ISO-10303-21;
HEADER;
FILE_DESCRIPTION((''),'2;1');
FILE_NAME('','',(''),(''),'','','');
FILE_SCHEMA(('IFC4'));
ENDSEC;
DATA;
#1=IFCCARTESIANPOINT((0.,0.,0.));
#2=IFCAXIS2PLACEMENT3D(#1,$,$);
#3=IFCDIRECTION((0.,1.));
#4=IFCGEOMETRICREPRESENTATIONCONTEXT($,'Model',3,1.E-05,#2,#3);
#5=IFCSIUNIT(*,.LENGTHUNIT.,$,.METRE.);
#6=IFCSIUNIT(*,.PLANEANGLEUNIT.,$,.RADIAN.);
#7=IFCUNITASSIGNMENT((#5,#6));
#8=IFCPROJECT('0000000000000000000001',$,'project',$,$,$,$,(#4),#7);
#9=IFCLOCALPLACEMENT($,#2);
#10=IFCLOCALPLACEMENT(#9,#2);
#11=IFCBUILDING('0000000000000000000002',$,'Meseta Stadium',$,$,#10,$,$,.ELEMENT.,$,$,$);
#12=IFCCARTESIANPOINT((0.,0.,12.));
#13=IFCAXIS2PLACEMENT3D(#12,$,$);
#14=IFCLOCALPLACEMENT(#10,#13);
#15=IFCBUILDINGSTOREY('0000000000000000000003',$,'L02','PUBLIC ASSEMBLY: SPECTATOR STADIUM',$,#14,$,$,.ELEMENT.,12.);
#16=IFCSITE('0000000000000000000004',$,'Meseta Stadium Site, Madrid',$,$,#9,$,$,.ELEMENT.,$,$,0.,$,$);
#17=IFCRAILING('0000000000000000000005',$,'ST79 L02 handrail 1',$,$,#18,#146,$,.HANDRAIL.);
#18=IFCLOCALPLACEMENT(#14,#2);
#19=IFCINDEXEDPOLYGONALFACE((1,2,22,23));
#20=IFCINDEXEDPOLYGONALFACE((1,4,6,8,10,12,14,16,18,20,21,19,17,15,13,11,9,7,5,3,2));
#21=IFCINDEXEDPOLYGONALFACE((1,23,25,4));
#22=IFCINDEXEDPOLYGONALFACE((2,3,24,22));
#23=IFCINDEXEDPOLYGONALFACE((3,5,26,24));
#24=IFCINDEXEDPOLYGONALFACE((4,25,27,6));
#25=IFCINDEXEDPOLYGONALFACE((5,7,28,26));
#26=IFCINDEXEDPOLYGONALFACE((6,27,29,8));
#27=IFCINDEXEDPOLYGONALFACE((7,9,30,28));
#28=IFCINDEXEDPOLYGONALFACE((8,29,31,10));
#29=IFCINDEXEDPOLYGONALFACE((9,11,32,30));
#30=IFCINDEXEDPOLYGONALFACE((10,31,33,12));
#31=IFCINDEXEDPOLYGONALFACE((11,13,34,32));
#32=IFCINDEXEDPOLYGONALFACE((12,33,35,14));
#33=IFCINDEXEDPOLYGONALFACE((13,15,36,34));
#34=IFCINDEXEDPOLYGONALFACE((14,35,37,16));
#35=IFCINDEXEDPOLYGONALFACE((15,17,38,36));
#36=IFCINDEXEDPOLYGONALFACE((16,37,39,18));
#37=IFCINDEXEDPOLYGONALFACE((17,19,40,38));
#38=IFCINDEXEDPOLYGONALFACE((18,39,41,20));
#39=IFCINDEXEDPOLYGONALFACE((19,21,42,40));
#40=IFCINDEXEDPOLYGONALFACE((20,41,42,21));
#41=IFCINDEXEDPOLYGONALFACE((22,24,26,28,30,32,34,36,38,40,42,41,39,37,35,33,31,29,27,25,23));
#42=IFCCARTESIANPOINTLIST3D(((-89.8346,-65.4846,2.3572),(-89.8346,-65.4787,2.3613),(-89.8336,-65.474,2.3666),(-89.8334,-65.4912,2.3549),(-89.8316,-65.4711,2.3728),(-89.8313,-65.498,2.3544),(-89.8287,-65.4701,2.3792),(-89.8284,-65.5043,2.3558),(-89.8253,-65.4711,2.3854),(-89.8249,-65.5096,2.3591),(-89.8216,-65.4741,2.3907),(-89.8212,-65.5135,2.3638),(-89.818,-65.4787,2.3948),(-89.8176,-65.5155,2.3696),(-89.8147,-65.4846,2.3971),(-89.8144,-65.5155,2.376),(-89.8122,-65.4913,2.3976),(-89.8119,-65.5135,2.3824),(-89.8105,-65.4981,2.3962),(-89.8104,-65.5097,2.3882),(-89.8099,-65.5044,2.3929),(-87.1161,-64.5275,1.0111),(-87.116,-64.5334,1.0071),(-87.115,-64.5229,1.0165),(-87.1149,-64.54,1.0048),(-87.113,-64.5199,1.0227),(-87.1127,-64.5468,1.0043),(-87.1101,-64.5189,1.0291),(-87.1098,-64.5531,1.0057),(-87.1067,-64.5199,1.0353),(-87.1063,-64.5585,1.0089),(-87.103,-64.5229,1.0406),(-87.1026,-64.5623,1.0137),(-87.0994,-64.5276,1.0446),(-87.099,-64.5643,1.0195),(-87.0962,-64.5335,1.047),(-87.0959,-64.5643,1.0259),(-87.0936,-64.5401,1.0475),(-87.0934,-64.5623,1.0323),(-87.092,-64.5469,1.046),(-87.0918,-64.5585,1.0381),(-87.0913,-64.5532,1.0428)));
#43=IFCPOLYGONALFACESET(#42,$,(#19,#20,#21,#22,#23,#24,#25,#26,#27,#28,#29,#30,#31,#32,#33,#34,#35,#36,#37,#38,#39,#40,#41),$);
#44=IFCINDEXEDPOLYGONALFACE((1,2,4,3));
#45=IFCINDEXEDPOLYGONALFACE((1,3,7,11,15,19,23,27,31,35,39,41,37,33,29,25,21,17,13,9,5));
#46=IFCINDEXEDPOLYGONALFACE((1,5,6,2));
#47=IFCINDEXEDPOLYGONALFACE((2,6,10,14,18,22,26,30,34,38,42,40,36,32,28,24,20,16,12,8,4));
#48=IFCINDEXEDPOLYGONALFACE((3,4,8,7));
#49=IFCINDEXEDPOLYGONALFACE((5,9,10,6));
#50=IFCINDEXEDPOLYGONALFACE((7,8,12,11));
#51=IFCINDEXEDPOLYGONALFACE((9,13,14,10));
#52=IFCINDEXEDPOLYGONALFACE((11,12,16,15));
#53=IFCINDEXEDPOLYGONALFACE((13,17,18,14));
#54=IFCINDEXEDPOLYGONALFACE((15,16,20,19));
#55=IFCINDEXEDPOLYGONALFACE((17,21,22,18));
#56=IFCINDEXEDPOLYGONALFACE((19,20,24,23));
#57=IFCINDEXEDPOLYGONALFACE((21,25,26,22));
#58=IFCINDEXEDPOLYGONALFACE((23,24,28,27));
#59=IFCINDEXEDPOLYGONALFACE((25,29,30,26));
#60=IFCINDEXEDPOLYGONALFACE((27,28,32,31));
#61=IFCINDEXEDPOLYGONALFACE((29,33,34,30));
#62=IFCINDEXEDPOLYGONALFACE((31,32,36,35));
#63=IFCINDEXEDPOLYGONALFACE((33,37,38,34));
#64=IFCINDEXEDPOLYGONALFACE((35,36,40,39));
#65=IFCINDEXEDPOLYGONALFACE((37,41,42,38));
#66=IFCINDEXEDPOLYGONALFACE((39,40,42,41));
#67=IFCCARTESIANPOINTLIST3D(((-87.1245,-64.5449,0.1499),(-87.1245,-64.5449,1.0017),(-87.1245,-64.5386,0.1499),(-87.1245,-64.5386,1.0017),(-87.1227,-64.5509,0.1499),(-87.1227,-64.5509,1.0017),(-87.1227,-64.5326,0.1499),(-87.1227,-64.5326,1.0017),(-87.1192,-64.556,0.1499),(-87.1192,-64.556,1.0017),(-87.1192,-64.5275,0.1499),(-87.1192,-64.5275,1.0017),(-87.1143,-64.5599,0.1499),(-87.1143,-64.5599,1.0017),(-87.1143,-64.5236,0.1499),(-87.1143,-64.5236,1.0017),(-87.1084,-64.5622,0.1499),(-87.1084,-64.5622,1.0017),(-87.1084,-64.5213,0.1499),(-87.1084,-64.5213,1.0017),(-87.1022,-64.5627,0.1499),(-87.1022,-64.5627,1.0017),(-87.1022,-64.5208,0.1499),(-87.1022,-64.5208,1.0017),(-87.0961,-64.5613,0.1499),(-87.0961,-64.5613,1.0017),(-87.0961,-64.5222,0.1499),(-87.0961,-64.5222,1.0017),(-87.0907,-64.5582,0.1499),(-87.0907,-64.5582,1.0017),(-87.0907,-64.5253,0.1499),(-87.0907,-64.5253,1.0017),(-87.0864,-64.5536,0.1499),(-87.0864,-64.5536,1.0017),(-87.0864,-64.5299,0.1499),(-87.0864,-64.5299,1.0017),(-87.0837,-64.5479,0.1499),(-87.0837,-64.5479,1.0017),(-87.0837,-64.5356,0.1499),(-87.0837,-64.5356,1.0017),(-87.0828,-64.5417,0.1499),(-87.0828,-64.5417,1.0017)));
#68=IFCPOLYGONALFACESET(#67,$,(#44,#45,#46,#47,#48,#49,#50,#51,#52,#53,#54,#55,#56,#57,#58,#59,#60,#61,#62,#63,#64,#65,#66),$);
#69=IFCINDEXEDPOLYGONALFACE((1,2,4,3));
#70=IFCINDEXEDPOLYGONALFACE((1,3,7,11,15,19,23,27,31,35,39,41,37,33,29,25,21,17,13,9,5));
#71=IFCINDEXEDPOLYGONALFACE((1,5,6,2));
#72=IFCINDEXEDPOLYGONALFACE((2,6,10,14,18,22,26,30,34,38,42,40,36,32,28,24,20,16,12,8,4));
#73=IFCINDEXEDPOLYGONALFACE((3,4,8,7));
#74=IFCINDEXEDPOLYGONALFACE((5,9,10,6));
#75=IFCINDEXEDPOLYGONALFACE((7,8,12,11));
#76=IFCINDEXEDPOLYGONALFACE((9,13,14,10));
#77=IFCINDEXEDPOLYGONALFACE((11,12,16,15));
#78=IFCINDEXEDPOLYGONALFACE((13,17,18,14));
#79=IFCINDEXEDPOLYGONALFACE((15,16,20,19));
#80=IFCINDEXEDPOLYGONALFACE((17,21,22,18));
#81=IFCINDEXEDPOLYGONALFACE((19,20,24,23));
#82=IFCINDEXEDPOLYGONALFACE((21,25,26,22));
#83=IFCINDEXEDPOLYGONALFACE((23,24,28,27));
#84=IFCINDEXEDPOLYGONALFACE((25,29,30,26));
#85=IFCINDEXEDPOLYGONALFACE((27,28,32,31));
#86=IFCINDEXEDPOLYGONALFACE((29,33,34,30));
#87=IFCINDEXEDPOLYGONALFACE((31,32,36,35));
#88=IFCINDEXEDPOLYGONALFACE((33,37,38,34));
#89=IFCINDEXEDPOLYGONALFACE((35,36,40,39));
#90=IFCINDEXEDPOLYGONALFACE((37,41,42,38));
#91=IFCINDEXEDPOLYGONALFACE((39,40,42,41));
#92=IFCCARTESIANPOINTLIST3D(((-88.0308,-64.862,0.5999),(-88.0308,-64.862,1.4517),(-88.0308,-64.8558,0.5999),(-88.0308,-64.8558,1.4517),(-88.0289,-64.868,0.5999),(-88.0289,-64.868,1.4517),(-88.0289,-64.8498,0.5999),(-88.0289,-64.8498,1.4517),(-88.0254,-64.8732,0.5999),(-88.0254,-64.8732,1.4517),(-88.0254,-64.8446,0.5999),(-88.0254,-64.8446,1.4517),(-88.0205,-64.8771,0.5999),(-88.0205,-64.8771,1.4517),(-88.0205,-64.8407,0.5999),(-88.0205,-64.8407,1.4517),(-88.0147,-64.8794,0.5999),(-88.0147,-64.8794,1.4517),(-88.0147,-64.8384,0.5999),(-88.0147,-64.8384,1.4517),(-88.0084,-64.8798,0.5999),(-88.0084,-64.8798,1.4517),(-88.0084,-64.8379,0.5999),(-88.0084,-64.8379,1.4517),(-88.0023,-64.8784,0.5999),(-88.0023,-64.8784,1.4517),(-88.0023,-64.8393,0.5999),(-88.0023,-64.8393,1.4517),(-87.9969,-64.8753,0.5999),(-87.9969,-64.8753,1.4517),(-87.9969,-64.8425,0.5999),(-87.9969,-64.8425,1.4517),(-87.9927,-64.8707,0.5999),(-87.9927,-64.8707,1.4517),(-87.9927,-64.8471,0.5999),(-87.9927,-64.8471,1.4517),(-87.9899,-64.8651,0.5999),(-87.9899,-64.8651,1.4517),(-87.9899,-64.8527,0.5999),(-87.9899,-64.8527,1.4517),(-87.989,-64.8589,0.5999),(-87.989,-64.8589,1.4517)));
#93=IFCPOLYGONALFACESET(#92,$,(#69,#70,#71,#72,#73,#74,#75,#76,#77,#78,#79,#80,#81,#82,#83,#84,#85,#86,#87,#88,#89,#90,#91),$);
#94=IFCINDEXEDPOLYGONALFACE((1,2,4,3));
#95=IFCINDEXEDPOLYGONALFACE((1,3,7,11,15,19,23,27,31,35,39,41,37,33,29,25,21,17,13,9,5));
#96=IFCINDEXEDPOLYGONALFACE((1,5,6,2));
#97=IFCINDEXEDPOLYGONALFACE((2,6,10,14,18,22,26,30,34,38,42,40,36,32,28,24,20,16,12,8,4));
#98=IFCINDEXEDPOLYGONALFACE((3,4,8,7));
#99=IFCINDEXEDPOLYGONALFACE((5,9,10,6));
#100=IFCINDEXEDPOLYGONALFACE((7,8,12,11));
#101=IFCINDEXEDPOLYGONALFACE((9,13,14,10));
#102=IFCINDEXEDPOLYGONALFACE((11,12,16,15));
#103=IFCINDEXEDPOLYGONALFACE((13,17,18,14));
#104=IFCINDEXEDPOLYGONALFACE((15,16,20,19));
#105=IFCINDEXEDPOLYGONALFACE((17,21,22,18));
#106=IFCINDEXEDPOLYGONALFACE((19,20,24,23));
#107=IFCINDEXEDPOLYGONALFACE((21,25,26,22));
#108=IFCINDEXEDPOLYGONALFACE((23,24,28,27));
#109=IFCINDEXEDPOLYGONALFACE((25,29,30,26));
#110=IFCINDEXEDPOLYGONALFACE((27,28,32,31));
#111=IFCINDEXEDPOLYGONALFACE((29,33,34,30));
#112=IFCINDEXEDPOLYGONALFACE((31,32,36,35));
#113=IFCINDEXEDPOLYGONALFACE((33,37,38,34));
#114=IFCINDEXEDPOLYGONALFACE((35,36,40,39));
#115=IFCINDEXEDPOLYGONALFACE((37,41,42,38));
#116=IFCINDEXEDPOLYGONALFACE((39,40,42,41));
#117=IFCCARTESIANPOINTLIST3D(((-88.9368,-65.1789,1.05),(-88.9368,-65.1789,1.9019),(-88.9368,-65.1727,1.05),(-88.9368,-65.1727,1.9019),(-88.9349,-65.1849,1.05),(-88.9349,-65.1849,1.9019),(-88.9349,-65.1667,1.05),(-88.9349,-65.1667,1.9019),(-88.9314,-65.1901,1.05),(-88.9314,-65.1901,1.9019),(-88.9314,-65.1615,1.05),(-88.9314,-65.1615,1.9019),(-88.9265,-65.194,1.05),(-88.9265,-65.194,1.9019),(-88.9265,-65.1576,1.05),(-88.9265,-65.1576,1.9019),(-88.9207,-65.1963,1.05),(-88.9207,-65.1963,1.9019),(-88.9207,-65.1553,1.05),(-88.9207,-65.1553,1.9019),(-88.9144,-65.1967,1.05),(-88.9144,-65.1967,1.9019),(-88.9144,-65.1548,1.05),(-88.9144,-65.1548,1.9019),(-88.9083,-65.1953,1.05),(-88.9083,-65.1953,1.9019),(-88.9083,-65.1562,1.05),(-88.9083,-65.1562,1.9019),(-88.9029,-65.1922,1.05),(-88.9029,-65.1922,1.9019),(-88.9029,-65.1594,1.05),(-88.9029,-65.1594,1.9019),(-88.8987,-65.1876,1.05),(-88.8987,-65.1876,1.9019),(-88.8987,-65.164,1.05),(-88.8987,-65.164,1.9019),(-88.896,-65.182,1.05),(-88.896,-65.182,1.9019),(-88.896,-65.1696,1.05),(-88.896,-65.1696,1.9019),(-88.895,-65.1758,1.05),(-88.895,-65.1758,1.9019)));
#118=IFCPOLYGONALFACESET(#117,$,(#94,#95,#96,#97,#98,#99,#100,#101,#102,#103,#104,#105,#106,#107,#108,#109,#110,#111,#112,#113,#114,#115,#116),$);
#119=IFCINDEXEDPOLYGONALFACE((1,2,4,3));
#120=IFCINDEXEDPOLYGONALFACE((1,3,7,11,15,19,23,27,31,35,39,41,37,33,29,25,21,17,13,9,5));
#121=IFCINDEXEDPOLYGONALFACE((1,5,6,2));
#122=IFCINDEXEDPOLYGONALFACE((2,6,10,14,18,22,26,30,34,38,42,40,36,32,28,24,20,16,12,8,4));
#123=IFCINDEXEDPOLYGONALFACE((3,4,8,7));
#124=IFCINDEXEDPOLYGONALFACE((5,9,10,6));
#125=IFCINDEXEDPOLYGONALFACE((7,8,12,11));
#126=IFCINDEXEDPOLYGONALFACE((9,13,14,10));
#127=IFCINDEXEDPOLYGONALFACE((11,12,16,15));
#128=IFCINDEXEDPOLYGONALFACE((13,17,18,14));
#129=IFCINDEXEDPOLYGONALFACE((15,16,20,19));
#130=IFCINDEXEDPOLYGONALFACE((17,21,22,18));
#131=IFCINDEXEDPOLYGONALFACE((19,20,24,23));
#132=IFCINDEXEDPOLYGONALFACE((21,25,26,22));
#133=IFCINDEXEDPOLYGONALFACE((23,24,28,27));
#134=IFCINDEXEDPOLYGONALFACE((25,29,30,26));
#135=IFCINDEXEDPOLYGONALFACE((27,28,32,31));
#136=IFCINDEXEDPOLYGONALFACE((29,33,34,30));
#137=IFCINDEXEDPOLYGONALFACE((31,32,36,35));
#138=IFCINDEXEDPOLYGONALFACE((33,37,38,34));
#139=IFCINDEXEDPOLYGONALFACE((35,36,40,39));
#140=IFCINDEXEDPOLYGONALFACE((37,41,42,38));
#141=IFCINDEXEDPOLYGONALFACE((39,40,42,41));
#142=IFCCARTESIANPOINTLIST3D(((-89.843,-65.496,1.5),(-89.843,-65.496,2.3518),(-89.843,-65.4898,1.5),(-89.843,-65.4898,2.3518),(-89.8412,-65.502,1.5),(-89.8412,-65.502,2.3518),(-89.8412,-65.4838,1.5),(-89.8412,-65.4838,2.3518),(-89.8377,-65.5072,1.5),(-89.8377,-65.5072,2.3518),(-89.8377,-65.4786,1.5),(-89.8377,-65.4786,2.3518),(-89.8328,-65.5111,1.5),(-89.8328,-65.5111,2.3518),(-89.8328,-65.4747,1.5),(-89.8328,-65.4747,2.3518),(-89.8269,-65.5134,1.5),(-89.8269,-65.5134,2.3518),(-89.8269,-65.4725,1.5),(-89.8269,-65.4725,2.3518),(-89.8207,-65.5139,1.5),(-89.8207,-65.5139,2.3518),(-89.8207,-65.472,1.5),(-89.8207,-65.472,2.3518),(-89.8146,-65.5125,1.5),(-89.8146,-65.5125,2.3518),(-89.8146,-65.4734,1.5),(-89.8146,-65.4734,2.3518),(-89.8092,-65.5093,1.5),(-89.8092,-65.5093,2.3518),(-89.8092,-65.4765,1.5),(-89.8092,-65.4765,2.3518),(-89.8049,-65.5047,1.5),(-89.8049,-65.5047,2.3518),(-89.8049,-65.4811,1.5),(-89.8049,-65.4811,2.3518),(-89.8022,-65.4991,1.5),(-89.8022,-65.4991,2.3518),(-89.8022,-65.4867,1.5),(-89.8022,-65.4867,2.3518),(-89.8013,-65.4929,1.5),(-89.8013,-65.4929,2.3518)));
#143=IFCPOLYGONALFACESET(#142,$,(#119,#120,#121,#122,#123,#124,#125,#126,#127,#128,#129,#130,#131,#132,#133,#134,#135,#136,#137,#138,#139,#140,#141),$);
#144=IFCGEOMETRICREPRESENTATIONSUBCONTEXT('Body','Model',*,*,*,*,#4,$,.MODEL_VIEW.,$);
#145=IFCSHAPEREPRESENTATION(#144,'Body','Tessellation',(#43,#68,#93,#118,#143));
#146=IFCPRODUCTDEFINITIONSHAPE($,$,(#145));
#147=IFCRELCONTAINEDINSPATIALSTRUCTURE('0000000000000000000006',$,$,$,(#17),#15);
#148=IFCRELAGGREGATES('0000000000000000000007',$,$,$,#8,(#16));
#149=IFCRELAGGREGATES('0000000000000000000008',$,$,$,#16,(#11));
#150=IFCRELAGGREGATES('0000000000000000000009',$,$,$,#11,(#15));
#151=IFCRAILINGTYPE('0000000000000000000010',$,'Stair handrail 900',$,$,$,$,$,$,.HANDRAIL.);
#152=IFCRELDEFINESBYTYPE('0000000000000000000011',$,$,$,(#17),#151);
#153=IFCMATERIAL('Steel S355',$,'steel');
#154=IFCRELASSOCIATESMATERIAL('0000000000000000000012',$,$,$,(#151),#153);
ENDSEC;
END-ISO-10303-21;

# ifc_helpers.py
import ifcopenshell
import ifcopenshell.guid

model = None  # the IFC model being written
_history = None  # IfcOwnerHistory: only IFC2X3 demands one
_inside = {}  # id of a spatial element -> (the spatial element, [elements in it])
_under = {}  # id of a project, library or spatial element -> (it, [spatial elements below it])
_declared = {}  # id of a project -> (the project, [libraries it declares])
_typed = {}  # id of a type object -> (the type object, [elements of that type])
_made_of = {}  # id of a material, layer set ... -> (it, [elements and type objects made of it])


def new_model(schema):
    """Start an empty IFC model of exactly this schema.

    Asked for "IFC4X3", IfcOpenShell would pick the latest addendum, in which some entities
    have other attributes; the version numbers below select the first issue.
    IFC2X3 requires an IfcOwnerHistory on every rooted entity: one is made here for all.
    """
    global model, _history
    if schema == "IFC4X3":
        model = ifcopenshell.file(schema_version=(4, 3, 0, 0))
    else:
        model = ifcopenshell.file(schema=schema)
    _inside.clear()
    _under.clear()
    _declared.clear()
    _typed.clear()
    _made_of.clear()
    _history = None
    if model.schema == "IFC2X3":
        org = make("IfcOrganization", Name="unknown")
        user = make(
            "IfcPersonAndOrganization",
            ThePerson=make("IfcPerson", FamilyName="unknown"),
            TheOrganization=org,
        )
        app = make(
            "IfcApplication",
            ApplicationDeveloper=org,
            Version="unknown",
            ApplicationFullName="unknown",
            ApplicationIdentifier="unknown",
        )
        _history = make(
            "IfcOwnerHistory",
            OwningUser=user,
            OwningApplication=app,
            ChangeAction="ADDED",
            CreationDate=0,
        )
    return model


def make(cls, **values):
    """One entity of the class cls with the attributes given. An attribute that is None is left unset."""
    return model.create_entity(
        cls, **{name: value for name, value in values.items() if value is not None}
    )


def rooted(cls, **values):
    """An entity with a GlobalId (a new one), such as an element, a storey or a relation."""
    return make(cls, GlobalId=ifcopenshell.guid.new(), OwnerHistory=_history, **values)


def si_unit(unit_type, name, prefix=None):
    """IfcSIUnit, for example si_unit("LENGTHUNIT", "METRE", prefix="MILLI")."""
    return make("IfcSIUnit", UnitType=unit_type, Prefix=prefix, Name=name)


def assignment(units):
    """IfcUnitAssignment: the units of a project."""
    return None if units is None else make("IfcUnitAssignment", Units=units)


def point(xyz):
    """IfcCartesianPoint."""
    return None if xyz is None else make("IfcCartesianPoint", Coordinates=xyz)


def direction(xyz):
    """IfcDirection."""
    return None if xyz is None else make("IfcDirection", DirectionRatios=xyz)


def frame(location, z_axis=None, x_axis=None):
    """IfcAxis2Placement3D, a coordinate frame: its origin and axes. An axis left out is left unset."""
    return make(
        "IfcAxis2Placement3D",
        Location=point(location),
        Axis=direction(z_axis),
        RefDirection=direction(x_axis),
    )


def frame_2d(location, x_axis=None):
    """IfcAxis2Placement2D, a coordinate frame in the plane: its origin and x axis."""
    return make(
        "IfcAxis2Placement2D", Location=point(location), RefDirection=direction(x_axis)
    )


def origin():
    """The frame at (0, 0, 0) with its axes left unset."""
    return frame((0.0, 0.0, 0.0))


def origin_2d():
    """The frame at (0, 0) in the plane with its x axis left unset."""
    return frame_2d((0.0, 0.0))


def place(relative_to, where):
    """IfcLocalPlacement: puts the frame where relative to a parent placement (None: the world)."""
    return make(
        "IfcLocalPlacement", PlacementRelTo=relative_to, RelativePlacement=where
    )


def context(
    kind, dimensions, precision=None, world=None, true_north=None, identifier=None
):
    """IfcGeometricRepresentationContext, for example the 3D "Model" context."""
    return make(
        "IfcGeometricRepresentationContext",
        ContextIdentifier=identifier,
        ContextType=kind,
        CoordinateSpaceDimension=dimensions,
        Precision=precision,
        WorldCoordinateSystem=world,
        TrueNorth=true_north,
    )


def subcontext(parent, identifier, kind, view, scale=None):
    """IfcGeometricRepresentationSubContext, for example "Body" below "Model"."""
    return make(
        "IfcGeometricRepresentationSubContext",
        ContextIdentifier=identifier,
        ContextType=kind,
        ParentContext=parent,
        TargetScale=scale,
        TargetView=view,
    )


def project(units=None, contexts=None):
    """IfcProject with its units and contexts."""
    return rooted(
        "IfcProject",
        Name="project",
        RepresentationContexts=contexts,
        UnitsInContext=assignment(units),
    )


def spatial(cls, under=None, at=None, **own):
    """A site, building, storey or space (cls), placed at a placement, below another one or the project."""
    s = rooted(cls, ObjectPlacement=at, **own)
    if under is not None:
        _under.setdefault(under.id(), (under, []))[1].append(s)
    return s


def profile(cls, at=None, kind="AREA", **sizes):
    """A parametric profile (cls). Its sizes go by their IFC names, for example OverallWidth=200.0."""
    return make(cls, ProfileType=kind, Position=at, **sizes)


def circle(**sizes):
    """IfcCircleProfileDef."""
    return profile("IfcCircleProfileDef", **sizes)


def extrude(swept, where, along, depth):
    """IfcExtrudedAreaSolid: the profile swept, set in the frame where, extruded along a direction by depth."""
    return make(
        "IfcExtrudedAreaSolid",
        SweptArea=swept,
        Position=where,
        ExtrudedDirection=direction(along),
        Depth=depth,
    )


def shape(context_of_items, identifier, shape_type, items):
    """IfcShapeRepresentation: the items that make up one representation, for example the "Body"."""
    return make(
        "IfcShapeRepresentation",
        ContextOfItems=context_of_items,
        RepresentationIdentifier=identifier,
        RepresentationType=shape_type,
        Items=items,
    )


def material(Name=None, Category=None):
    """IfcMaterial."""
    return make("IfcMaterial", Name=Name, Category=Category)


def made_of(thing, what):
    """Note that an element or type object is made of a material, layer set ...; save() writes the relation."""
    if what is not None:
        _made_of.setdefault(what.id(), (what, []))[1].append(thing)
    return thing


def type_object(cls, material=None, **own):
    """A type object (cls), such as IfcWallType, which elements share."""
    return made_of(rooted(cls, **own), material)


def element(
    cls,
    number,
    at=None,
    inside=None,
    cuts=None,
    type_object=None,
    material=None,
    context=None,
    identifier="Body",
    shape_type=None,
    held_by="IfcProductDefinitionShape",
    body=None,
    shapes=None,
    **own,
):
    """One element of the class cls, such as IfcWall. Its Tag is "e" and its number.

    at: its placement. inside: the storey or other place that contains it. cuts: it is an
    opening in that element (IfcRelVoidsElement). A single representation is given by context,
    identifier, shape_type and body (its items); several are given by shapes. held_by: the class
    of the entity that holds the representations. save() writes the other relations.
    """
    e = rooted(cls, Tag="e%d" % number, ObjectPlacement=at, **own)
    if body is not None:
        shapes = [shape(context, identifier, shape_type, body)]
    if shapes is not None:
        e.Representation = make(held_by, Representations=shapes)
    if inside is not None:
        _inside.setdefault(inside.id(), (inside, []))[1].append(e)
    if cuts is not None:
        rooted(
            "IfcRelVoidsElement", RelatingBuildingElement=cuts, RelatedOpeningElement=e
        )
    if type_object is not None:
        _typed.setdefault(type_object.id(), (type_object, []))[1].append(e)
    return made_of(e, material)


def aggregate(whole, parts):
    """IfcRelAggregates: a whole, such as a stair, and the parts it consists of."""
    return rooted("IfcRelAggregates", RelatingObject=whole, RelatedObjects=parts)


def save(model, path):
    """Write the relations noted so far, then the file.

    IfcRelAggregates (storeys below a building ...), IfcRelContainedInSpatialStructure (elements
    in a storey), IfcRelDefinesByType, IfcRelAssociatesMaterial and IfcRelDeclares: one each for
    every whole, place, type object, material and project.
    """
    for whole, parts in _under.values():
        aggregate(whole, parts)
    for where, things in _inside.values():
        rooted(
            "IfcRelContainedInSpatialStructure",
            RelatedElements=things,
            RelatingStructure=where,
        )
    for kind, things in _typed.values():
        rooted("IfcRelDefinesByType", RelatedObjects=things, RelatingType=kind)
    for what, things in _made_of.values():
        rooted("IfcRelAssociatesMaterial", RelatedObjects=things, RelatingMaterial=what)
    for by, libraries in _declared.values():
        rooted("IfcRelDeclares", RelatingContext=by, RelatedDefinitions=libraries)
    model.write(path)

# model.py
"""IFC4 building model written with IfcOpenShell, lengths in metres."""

from ifc_helpers import new_model, si_unit, direction, frame, origin, origin_2d, place, context, subcontext, project, spatial, circle, extrude, material, type_object, element, save


model = new_model("IFC4")

# Units and contexts
model_context = context("Model", 3, precision=1e-05, world=origin(), true_north=direction((0.0, 1.0)))
body_context = subcontext(model_context, "Body", "Model", "MODEL_VIEW")
ifc_project = project(units=[si_unit("LENGTHUNIT", "METRE"), si_unit("PLANEANGLEUNIT", "RADIAN")], contexts=[model_context])

# Site, building, storey
site_placement = place(None, origin())
site = spatial("IfcSite", under=ifc_project, at=site_placement, Name="Meseta Stadium Site, Madrid", CompositionType="ELEMENT", RefElevation=0.0)
building_placement = place(site_placement, origin())
building = spatial("IfcBuilding", under=site, at=building_placement, Name="Meseta Stadium", CompositionType="ELEMENT")
storey_placement = place(building_placement, frame((0.0, 0.0, 12.0)))
storey = spatial("IfcBuildingStorey", under=building, at=storey_placement, Name="L02", Description="PUBLIC ASSEMBLY: SPECTATOR STADIUM", CompositionType="ELEMENT", Elevation=12.0)

# Railing
ifc_material_1 = material(Name="Steel S355", Category="steel")
railing_type_1 = type_object("IfcRailingType", Name="Stair handrail 900", PredefinedType="HANDRAIL", material=ifc_material_1)
for number, where, name in (
    (1, (-87.1038, -64.5417, 0.1499), "ST79 L02 handrail 1"),
):
    element("IfcRailing", number, at=place(storey_placement, frame(where)), inside=storey, type_object=railing_type_1, Name=name, PredefinedType="HANDRAIL", context=body_context, shape_type="SweptSolid", body=[
        extrude(circle(Radius=0.0239, at=origin_2d()), frame((0.0, 0.0, 0.876), z_axis=(-0.854649, -0.299031, 0.424446), x_axis=(0.330256, -0.943891, 0.0)), (0.0, 0.0, 1.0), 3.1809),
        extrude(circle(Radius=0.021, at=origin_2d()), origin(), (0.0, 0.0, 1.0), 0.8518),
        extrude(circle(Radius=0.021, at=origin_2d()), frame((-0.9062, -0.3171, 0.45)), (0.0, 0.0, 1.0), 0.8518),
        extrude(circle(Radius=0.021, at=origin_2d()), frame((-1.8123, -0.634, 0.9001)), (0.0, 0.0, 1.0), 0.8518),
        extrude(circle(Radius=0.021, at=origin_2d()), frame((-2.7185, -0.9512, 1.3501)), (0.0, 0.0, 1.0), 0.8518),
    ])

save(model, "model.ifc")
